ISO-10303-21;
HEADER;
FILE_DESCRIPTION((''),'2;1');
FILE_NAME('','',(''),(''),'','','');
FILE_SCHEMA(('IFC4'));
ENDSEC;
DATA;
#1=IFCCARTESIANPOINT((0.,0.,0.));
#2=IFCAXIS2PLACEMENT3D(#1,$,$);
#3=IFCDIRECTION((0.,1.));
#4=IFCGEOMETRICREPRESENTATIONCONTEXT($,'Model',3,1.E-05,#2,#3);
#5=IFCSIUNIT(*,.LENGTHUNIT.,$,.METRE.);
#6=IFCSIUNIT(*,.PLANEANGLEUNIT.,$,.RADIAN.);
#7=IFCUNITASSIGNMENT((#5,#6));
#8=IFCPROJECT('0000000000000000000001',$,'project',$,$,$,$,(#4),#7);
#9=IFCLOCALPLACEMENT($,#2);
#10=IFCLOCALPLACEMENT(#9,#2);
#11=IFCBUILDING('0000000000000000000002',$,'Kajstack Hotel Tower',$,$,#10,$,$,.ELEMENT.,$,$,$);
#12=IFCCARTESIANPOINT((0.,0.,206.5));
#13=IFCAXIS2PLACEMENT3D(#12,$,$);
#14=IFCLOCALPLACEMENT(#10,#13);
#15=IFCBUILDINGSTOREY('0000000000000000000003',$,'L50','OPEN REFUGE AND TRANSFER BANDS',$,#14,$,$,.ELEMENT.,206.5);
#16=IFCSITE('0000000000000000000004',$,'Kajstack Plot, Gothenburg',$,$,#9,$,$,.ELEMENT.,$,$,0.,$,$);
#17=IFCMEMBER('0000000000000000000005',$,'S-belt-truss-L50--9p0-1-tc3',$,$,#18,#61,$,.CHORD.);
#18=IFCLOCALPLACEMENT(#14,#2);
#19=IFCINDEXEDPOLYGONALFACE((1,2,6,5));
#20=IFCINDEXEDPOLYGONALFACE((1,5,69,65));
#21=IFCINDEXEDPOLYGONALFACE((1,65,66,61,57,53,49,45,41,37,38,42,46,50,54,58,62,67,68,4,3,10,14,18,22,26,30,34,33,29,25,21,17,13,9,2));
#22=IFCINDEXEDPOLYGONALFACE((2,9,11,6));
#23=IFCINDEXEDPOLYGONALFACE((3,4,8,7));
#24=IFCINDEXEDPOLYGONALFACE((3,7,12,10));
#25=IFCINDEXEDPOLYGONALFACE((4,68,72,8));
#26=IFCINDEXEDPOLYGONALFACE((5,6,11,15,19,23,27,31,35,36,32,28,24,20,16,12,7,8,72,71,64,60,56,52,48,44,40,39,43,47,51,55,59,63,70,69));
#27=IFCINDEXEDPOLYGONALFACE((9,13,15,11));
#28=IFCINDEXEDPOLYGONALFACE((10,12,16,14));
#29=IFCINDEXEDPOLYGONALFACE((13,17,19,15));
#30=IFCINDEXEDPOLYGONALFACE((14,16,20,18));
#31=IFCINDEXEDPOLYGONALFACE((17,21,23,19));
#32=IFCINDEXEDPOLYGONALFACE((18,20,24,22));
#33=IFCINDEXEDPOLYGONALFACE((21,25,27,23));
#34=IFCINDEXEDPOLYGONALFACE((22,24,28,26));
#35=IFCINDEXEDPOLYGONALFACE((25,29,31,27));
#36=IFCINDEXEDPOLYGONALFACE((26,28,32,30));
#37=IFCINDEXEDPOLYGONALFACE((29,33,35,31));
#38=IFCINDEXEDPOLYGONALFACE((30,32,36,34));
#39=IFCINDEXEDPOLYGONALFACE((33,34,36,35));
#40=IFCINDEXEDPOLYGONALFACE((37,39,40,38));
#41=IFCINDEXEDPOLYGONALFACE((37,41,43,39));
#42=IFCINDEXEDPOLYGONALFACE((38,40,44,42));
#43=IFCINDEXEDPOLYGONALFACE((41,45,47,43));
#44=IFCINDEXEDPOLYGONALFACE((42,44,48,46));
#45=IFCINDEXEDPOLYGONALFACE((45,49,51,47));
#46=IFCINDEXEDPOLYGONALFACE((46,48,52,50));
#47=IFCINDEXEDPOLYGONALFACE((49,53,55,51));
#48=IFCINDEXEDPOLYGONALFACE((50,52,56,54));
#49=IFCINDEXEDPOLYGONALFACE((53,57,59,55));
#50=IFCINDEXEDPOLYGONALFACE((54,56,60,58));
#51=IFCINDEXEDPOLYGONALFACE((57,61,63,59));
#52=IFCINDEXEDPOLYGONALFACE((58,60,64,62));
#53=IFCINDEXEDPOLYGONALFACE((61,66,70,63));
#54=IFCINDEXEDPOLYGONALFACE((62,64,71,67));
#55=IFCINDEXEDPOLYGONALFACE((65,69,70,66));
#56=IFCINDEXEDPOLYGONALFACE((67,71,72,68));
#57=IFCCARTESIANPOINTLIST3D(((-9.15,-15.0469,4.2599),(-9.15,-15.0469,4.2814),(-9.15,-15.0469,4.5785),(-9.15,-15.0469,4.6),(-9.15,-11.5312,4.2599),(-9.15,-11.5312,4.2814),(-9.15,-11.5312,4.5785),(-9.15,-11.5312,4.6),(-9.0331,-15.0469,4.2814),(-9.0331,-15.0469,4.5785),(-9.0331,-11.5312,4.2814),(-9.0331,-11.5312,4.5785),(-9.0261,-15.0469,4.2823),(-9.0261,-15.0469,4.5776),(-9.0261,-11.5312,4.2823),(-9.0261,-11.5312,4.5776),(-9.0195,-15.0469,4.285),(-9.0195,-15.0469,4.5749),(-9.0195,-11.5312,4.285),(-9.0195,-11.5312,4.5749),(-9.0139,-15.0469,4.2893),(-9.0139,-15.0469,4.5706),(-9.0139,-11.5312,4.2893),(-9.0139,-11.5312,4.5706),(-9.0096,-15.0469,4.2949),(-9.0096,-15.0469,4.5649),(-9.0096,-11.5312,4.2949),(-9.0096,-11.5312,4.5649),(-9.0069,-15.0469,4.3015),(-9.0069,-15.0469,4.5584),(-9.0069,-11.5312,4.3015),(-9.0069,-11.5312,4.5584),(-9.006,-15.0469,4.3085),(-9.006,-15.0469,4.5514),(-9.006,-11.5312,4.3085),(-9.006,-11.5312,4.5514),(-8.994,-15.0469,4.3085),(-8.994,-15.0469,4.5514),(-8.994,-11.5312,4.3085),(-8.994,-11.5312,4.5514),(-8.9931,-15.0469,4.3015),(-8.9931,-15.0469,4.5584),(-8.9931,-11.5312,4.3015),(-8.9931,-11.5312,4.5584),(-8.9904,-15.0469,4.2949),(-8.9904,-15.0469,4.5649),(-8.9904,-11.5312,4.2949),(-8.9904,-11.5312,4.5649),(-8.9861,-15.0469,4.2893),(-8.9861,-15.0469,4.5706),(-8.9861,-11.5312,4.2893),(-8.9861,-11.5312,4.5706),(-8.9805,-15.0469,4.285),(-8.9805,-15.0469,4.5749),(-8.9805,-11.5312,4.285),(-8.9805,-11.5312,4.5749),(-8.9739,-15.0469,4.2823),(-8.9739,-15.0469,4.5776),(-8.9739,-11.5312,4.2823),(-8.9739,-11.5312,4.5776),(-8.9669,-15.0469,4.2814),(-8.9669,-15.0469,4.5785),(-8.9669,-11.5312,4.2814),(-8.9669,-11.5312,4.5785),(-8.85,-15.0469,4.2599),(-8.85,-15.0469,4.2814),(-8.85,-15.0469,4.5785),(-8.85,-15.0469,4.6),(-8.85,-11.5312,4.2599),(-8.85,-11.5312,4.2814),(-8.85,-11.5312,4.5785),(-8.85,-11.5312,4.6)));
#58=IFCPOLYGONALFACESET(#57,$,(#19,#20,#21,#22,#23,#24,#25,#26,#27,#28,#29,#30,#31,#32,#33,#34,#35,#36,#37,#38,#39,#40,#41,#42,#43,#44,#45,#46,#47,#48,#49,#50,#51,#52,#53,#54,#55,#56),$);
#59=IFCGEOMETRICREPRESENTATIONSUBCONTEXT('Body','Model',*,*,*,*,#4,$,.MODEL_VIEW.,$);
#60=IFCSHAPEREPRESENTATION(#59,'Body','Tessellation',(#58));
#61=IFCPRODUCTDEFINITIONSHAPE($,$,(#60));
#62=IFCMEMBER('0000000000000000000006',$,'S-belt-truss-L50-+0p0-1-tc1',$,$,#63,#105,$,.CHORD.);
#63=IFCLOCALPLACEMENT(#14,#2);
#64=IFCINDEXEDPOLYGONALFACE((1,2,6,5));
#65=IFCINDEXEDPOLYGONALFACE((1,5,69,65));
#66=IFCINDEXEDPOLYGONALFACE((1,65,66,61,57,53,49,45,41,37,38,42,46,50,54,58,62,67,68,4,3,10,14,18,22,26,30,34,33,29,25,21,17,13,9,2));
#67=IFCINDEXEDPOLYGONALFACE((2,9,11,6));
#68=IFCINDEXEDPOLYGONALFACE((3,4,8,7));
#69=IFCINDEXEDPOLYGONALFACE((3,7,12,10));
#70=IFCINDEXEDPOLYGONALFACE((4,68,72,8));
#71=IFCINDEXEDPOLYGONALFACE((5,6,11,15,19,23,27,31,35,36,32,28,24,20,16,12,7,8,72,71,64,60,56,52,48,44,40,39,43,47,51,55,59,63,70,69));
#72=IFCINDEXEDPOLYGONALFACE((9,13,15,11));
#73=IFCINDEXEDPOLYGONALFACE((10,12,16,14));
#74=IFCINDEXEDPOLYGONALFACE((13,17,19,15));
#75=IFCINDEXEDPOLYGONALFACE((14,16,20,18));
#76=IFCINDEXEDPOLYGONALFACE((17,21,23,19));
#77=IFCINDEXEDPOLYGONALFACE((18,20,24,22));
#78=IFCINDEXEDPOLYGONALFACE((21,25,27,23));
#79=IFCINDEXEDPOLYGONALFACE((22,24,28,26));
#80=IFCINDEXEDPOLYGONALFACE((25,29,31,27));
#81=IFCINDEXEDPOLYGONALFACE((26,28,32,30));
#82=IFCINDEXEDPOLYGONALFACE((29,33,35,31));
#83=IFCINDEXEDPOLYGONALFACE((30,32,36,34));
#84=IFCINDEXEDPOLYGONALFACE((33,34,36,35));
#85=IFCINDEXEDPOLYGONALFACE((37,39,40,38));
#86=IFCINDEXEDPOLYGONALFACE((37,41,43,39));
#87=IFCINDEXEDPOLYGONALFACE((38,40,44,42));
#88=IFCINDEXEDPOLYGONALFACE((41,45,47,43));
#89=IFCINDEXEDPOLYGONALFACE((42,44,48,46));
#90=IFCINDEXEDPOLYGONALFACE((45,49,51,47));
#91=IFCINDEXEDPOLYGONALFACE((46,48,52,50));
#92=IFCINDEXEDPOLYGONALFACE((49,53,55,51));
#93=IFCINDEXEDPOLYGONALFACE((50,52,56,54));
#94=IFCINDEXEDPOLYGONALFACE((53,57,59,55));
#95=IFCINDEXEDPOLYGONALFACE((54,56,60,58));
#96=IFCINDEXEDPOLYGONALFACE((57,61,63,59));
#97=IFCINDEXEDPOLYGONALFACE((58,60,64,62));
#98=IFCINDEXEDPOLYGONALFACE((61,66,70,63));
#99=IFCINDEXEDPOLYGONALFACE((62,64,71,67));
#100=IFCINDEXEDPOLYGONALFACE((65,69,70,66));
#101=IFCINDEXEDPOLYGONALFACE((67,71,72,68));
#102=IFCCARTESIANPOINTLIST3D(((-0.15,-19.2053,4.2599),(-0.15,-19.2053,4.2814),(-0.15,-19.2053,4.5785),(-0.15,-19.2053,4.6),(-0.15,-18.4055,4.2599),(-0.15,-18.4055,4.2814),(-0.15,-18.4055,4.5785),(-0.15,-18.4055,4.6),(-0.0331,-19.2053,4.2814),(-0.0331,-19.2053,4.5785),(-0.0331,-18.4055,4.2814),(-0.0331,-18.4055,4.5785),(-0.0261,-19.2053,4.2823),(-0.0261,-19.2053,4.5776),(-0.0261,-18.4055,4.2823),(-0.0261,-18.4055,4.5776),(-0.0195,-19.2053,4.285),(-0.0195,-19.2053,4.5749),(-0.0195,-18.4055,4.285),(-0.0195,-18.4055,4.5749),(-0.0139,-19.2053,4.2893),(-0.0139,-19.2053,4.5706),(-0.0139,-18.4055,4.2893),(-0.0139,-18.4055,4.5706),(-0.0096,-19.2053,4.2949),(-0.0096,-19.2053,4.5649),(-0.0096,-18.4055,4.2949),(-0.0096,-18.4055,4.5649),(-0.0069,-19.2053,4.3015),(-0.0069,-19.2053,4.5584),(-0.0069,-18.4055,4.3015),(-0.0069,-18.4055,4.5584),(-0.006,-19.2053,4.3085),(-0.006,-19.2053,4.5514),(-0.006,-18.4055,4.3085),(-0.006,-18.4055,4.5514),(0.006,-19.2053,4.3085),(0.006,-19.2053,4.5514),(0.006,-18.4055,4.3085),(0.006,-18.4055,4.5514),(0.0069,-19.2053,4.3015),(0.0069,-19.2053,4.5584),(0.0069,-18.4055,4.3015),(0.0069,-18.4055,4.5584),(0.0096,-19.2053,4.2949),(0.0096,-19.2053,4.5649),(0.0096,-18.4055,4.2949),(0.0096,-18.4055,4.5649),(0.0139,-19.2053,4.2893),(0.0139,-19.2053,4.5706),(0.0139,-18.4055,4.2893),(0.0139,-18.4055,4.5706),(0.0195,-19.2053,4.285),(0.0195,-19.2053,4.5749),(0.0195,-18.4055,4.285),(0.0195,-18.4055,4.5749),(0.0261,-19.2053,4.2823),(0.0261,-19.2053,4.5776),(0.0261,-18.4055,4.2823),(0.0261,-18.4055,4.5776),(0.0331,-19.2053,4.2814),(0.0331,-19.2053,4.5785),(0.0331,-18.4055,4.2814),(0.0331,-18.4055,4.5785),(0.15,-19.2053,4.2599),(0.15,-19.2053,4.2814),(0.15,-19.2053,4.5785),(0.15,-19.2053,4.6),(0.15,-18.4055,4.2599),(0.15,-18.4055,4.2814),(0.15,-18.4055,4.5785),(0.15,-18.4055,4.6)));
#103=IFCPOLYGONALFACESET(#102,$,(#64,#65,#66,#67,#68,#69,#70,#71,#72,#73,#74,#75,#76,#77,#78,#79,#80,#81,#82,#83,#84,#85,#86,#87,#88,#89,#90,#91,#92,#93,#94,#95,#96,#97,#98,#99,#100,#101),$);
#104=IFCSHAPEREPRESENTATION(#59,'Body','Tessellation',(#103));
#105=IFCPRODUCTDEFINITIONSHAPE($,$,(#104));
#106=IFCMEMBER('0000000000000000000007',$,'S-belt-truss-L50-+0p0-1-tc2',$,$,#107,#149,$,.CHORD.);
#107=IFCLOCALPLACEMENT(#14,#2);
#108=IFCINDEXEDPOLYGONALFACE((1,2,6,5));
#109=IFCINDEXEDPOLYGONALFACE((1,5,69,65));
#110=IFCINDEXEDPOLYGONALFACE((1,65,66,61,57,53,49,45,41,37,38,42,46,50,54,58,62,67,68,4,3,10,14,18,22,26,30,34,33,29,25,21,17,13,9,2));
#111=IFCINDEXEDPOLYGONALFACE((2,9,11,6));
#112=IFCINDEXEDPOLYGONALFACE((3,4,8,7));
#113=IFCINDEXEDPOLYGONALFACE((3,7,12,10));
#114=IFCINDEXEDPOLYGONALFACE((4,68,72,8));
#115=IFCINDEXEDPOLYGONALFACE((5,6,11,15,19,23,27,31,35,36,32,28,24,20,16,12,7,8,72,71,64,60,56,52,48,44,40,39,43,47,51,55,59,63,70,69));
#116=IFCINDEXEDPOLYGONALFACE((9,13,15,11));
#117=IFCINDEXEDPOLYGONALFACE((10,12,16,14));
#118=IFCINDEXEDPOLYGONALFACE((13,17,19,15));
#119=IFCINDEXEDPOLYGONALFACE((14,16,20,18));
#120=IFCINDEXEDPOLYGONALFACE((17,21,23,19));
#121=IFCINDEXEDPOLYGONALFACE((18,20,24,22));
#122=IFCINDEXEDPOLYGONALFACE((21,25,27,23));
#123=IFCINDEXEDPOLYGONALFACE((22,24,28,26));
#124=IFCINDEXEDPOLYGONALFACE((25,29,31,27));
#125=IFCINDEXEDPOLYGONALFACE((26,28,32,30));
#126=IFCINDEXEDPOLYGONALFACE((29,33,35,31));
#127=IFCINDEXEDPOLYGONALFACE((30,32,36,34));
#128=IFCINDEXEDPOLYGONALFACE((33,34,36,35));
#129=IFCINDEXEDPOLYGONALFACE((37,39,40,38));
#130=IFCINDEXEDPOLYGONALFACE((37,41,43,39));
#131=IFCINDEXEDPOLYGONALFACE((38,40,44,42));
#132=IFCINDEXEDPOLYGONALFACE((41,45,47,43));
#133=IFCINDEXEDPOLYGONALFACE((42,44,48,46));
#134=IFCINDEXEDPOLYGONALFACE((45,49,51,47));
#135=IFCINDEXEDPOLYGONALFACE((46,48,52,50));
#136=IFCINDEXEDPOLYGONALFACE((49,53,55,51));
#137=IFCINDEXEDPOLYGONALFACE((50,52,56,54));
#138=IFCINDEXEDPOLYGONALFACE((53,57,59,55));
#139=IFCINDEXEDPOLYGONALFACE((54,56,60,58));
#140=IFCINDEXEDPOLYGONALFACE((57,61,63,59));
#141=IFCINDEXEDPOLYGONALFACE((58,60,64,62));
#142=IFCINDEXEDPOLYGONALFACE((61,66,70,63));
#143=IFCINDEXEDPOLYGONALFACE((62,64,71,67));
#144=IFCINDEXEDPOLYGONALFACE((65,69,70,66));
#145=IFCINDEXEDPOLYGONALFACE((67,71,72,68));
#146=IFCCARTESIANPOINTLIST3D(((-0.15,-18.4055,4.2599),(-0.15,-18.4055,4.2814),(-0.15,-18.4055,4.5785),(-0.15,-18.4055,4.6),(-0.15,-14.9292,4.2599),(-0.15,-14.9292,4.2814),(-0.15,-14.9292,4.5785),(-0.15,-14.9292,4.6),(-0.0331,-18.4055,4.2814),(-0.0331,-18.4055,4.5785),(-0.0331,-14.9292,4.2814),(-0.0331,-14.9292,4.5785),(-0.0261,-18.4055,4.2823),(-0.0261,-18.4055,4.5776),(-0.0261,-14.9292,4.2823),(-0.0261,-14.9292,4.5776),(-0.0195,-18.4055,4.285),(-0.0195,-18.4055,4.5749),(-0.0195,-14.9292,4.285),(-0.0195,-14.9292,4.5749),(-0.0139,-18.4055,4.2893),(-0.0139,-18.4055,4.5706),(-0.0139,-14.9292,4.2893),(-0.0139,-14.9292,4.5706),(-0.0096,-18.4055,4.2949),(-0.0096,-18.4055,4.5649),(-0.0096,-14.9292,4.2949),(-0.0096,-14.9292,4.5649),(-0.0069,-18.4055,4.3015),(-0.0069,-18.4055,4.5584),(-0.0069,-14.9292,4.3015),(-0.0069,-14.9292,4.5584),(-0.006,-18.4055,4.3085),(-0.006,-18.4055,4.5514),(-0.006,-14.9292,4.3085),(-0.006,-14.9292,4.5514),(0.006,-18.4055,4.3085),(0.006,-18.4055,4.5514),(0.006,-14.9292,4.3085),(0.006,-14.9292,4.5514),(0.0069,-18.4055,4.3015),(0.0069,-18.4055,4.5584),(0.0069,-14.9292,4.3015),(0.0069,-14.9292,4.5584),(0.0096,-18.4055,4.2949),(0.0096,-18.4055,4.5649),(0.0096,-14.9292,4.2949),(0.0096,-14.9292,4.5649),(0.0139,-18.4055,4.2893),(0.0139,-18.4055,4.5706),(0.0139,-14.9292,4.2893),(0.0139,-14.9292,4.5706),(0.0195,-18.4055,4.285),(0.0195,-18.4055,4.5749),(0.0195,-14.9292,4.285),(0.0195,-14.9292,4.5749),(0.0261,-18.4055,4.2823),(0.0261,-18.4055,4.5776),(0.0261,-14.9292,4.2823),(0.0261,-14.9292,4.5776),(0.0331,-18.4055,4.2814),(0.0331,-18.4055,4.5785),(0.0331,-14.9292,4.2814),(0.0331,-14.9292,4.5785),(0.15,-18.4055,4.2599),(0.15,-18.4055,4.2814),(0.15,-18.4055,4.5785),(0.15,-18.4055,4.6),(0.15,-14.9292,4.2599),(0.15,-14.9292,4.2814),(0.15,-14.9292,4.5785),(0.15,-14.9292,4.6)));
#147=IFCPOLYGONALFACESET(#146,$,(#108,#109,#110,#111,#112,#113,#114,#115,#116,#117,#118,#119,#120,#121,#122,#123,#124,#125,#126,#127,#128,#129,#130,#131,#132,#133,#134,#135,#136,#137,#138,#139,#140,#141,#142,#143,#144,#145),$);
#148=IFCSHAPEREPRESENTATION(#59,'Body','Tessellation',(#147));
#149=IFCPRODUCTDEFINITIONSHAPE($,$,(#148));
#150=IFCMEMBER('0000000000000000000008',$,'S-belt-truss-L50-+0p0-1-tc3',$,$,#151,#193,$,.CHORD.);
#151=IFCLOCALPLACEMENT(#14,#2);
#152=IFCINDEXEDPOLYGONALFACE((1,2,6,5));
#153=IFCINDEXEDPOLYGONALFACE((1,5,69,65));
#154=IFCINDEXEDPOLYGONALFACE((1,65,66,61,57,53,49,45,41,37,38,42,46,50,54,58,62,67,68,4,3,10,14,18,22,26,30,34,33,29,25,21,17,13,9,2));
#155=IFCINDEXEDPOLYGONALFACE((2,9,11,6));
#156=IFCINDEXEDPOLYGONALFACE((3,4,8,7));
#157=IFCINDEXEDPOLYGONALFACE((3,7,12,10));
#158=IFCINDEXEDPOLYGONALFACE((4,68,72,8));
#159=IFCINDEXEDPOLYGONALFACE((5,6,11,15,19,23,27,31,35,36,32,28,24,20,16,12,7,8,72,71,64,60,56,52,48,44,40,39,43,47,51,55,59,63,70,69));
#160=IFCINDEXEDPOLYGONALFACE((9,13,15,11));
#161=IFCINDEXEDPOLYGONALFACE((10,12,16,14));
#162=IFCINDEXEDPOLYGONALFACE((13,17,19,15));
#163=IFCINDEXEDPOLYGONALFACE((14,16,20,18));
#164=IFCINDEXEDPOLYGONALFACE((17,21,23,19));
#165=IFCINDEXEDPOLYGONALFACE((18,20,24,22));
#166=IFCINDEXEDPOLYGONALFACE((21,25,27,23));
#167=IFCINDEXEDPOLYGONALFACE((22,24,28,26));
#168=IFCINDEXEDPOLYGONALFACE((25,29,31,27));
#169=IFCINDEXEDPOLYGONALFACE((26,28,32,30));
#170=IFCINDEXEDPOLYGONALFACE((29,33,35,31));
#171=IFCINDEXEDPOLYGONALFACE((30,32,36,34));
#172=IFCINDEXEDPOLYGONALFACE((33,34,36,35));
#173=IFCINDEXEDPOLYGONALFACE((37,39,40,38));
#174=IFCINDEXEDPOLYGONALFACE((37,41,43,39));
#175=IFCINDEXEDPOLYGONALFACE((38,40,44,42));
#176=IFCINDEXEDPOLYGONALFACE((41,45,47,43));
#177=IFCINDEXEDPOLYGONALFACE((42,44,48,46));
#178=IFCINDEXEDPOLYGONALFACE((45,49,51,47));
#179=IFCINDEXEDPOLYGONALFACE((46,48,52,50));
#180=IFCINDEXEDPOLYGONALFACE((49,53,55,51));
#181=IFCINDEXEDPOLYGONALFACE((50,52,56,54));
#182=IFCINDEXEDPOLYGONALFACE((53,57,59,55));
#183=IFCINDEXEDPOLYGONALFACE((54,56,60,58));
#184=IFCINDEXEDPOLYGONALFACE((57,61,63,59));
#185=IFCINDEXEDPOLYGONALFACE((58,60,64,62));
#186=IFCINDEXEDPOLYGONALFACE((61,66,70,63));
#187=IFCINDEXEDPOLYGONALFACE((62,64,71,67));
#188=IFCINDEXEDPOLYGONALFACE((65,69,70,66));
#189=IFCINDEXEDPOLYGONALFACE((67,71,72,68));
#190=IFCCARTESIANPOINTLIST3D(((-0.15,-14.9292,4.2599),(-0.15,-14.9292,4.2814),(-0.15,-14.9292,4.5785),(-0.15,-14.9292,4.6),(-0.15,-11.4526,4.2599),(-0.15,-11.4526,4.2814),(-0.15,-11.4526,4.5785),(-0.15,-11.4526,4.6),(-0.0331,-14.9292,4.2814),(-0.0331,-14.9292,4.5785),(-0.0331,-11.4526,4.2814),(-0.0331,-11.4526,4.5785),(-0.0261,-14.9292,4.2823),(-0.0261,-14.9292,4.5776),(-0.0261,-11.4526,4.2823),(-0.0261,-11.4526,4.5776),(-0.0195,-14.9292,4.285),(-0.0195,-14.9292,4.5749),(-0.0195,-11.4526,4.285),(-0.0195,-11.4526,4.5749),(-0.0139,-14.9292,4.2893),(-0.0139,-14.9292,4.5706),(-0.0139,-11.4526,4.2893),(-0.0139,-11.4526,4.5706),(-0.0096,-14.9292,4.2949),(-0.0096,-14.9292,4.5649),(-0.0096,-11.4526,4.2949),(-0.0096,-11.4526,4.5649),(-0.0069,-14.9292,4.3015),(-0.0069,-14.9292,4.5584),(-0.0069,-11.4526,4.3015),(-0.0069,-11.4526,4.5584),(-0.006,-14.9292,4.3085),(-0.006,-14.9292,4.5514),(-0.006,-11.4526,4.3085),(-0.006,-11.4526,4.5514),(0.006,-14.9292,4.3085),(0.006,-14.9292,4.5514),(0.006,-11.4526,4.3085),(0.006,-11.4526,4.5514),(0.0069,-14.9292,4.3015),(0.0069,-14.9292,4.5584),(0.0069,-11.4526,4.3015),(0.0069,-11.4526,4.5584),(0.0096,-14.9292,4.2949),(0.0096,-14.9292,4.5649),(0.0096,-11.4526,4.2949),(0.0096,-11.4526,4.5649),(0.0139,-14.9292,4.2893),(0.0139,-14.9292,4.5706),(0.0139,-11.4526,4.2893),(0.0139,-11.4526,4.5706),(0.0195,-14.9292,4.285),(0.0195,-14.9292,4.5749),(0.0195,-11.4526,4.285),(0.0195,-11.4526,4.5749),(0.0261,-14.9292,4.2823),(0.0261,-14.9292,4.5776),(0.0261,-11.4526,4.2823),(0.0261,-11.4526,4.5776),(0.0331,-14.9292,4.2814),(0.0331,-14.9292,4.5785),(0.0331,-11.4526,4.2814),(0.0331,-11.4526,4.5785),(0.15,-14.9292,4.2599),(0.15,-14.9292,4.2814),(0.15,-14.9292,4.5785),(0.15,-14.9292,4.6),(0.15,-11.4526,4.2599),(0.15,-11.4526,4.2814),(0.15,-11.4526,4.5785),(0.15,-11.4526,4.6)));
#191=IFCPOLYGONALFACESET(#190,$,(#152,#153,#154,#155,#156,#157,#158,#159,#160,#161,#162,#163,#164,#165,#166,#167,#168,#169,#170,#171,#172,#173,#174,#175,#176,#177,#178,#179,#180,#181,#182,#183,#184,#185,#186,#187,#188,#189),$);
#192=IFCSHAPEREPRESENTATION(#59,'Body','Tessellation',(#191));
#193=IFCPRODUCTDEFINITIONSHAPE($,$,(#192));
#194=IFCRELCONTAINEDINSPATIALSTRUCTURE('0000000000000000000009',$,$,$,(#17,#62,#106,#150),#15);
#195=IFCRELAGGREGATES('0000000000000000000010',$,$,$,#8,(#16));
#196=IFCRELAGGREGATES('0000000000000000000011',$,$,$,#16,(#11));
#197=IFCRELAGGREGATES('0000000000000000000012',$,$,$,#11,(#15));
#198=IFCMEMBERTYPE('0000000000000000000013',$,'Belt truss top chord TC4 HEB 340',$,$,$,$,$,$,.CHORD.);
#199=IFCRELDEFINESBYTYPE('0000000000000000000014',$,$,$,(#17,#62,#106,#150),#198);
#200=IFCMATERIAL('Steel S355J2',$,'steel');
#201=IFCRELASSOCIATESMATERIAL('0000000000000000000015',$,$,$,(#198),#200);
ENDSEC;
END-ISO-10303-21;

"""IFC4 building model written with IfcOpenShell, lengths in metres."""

from ifc_helpers import new_model, si_unit, direction, frame, origin, origin_2d, place, context, subcontext, project, spatial, i_section, extrude, material, material_profile, profile_set, type_object, element, save


model = new_model("IFC4")

# Units and contexts
model_context = context("Model", 3, precision=1e-05, world=origin(), true_north=direction((0.0, 1.0)))
body_context = subcontext(model_context, "Body", "Model", "MODEL_VIEW")
ifc_project = project(units=[si_unit("LENGTHUNIT", "METRE"), si_unit("PLANEANGLEUNIT", "RADIAN")], contexts=[model_context])

# Site, building, storey
site_placement = place(None, origin())
site = spatial("IfcSite", under=ifc_project, at=site_placement, Name="Kajstack Plot, Gothenburg", CompositionType="ELEMENT", RefElevation=0.0)
building_placement = place(site_placement, origin())
building = spatial("IfcBuilding", under=site, at=building_placement, Name="Kajstack Hotel Tower", CompositionType="ELEMENT")
storey_placement = place(building_placement, frame((0.0, 0.0, 206.5)))
storey = spatial("IfcBuildingStorey", under=building, at=storey_placement, Name="L50", Description="OPEN REFUGE AND TRANSFER BANDS", CompositionType="ELEMENT", Elevation=206.5)

# Members
ifc_material_1 = material(Name="Steel S355J2", Category="steel")
ifc_material_profile_1 = material_profile(ifc_material_1, i_section(OverallWidth=0.3, OverallDepth=0.3401, WebThickness=0.012, FlangeThickness=0.0215, FilletRadius=0.0271, at=origin_2d()), Name="HEB 340")
ifc_profile_set_1 = profile_set([ifc_material_profile_1], Name="Steel S355J2")
member_type_1 = type_object("IfcMemberType", Name="Belt truss top chord TC4 HEB 340", PredefinedType="CHORD", material=ifc_profile_set_1)
member_1_placement = place(storey_placement, frame((-9.0, -15.0469, 4.4299), z_axis=(0.0, 1.0, 0.0), x_axis=(-1.0, 0.0, 0.0)))
element("IfcMember", 1, at=member_1_placement, inside=storey, type_object=member_type_1, Name="S-belt-truss-L50--9p0-1-tc3", PredefinedType="CHORD", context=body_context, shape_type="SweptSolid", body=[
    extrude(i_section(OverallWidth=0.3, OverallDepth=0.3401, WebThickness=0.012, FlangeThickness=0.0215, FilletRadius=0.0271, at=origin_2d()), origin(), (0.0, 0.0, 1.0), 3.5156),
])
member_2_placement = place(storey_placement, frame((0.0, -19.2053, 4.4299), z_axis=(0.0, 1.0, 0.0), x_axis=(-1.0, 0.0, 0.0)))
element("IfcMember", 2, at=member_2_placement, inside=storey, type_object=member_type_1, Name="S-belt-truss-L50-+0p0-1-tc1", PredefinedType="CHORD", context=body_context, shape_type="SweptSolid", body=[
    extrude(i_section(OverallWidth=0.3, OverallDepth=0.3401, WebThickness=0.012, FlangeThickness=0.0215, FilletRadius=0.0271, at=origin_2d()), origin(), (0.0, 0.0, 1.0), 0.7998),
])
member_3_placement = place(storey_placement, frame((0.0, -18.4055, 4.4299), z_axis=(0.0, 1.0, 0.0), x_axis=(-1.0, 0.0, 0.0)))
element("IfcMember", 3, at=member_3_placement, inside=storey, type_object=member_type_1, Name="S-belt-truss-L50-+0p0-1-tc2", PredefinedType="CHORD", context=body_context, shape_type="SweptSolid", body=[
    extrude(i_section(OverallWidth=0.3, OverallDepth=0.3401, WebThickness=0.012, FlangeThickness=0.0215, FilletRadius=0.0271, at=origin_2d()), origin(), (0.0, 0.0, 1.0), 3.4763),
])
member_4_placement = place(storey_placement, frame((0.0, -14.9292, 4.4299), z_axis=(0.0, 1.0, 0.0), x_axis=(-1.0, 0.0, 0.0)))
element("IfcMember", 4, at=member_4_placement, inside=storey, type_object=member_type_1, Name="S-belt-truss-L50-+0p0-1-tc3", PredefinedType="CHORD", context=body_context, shape_type="SweptSolid", body=[
    extrude(i_section(OverallWidth=0.3, OverallDepth=0.3401, WebThickness=0.012, FlangeThickness=0.0215, FilletRadius=0.0271, at=origin_2d()), origin(), (0.0, 0.0, 1.0), 3.4766),
])

save(model, "model.ifc")
